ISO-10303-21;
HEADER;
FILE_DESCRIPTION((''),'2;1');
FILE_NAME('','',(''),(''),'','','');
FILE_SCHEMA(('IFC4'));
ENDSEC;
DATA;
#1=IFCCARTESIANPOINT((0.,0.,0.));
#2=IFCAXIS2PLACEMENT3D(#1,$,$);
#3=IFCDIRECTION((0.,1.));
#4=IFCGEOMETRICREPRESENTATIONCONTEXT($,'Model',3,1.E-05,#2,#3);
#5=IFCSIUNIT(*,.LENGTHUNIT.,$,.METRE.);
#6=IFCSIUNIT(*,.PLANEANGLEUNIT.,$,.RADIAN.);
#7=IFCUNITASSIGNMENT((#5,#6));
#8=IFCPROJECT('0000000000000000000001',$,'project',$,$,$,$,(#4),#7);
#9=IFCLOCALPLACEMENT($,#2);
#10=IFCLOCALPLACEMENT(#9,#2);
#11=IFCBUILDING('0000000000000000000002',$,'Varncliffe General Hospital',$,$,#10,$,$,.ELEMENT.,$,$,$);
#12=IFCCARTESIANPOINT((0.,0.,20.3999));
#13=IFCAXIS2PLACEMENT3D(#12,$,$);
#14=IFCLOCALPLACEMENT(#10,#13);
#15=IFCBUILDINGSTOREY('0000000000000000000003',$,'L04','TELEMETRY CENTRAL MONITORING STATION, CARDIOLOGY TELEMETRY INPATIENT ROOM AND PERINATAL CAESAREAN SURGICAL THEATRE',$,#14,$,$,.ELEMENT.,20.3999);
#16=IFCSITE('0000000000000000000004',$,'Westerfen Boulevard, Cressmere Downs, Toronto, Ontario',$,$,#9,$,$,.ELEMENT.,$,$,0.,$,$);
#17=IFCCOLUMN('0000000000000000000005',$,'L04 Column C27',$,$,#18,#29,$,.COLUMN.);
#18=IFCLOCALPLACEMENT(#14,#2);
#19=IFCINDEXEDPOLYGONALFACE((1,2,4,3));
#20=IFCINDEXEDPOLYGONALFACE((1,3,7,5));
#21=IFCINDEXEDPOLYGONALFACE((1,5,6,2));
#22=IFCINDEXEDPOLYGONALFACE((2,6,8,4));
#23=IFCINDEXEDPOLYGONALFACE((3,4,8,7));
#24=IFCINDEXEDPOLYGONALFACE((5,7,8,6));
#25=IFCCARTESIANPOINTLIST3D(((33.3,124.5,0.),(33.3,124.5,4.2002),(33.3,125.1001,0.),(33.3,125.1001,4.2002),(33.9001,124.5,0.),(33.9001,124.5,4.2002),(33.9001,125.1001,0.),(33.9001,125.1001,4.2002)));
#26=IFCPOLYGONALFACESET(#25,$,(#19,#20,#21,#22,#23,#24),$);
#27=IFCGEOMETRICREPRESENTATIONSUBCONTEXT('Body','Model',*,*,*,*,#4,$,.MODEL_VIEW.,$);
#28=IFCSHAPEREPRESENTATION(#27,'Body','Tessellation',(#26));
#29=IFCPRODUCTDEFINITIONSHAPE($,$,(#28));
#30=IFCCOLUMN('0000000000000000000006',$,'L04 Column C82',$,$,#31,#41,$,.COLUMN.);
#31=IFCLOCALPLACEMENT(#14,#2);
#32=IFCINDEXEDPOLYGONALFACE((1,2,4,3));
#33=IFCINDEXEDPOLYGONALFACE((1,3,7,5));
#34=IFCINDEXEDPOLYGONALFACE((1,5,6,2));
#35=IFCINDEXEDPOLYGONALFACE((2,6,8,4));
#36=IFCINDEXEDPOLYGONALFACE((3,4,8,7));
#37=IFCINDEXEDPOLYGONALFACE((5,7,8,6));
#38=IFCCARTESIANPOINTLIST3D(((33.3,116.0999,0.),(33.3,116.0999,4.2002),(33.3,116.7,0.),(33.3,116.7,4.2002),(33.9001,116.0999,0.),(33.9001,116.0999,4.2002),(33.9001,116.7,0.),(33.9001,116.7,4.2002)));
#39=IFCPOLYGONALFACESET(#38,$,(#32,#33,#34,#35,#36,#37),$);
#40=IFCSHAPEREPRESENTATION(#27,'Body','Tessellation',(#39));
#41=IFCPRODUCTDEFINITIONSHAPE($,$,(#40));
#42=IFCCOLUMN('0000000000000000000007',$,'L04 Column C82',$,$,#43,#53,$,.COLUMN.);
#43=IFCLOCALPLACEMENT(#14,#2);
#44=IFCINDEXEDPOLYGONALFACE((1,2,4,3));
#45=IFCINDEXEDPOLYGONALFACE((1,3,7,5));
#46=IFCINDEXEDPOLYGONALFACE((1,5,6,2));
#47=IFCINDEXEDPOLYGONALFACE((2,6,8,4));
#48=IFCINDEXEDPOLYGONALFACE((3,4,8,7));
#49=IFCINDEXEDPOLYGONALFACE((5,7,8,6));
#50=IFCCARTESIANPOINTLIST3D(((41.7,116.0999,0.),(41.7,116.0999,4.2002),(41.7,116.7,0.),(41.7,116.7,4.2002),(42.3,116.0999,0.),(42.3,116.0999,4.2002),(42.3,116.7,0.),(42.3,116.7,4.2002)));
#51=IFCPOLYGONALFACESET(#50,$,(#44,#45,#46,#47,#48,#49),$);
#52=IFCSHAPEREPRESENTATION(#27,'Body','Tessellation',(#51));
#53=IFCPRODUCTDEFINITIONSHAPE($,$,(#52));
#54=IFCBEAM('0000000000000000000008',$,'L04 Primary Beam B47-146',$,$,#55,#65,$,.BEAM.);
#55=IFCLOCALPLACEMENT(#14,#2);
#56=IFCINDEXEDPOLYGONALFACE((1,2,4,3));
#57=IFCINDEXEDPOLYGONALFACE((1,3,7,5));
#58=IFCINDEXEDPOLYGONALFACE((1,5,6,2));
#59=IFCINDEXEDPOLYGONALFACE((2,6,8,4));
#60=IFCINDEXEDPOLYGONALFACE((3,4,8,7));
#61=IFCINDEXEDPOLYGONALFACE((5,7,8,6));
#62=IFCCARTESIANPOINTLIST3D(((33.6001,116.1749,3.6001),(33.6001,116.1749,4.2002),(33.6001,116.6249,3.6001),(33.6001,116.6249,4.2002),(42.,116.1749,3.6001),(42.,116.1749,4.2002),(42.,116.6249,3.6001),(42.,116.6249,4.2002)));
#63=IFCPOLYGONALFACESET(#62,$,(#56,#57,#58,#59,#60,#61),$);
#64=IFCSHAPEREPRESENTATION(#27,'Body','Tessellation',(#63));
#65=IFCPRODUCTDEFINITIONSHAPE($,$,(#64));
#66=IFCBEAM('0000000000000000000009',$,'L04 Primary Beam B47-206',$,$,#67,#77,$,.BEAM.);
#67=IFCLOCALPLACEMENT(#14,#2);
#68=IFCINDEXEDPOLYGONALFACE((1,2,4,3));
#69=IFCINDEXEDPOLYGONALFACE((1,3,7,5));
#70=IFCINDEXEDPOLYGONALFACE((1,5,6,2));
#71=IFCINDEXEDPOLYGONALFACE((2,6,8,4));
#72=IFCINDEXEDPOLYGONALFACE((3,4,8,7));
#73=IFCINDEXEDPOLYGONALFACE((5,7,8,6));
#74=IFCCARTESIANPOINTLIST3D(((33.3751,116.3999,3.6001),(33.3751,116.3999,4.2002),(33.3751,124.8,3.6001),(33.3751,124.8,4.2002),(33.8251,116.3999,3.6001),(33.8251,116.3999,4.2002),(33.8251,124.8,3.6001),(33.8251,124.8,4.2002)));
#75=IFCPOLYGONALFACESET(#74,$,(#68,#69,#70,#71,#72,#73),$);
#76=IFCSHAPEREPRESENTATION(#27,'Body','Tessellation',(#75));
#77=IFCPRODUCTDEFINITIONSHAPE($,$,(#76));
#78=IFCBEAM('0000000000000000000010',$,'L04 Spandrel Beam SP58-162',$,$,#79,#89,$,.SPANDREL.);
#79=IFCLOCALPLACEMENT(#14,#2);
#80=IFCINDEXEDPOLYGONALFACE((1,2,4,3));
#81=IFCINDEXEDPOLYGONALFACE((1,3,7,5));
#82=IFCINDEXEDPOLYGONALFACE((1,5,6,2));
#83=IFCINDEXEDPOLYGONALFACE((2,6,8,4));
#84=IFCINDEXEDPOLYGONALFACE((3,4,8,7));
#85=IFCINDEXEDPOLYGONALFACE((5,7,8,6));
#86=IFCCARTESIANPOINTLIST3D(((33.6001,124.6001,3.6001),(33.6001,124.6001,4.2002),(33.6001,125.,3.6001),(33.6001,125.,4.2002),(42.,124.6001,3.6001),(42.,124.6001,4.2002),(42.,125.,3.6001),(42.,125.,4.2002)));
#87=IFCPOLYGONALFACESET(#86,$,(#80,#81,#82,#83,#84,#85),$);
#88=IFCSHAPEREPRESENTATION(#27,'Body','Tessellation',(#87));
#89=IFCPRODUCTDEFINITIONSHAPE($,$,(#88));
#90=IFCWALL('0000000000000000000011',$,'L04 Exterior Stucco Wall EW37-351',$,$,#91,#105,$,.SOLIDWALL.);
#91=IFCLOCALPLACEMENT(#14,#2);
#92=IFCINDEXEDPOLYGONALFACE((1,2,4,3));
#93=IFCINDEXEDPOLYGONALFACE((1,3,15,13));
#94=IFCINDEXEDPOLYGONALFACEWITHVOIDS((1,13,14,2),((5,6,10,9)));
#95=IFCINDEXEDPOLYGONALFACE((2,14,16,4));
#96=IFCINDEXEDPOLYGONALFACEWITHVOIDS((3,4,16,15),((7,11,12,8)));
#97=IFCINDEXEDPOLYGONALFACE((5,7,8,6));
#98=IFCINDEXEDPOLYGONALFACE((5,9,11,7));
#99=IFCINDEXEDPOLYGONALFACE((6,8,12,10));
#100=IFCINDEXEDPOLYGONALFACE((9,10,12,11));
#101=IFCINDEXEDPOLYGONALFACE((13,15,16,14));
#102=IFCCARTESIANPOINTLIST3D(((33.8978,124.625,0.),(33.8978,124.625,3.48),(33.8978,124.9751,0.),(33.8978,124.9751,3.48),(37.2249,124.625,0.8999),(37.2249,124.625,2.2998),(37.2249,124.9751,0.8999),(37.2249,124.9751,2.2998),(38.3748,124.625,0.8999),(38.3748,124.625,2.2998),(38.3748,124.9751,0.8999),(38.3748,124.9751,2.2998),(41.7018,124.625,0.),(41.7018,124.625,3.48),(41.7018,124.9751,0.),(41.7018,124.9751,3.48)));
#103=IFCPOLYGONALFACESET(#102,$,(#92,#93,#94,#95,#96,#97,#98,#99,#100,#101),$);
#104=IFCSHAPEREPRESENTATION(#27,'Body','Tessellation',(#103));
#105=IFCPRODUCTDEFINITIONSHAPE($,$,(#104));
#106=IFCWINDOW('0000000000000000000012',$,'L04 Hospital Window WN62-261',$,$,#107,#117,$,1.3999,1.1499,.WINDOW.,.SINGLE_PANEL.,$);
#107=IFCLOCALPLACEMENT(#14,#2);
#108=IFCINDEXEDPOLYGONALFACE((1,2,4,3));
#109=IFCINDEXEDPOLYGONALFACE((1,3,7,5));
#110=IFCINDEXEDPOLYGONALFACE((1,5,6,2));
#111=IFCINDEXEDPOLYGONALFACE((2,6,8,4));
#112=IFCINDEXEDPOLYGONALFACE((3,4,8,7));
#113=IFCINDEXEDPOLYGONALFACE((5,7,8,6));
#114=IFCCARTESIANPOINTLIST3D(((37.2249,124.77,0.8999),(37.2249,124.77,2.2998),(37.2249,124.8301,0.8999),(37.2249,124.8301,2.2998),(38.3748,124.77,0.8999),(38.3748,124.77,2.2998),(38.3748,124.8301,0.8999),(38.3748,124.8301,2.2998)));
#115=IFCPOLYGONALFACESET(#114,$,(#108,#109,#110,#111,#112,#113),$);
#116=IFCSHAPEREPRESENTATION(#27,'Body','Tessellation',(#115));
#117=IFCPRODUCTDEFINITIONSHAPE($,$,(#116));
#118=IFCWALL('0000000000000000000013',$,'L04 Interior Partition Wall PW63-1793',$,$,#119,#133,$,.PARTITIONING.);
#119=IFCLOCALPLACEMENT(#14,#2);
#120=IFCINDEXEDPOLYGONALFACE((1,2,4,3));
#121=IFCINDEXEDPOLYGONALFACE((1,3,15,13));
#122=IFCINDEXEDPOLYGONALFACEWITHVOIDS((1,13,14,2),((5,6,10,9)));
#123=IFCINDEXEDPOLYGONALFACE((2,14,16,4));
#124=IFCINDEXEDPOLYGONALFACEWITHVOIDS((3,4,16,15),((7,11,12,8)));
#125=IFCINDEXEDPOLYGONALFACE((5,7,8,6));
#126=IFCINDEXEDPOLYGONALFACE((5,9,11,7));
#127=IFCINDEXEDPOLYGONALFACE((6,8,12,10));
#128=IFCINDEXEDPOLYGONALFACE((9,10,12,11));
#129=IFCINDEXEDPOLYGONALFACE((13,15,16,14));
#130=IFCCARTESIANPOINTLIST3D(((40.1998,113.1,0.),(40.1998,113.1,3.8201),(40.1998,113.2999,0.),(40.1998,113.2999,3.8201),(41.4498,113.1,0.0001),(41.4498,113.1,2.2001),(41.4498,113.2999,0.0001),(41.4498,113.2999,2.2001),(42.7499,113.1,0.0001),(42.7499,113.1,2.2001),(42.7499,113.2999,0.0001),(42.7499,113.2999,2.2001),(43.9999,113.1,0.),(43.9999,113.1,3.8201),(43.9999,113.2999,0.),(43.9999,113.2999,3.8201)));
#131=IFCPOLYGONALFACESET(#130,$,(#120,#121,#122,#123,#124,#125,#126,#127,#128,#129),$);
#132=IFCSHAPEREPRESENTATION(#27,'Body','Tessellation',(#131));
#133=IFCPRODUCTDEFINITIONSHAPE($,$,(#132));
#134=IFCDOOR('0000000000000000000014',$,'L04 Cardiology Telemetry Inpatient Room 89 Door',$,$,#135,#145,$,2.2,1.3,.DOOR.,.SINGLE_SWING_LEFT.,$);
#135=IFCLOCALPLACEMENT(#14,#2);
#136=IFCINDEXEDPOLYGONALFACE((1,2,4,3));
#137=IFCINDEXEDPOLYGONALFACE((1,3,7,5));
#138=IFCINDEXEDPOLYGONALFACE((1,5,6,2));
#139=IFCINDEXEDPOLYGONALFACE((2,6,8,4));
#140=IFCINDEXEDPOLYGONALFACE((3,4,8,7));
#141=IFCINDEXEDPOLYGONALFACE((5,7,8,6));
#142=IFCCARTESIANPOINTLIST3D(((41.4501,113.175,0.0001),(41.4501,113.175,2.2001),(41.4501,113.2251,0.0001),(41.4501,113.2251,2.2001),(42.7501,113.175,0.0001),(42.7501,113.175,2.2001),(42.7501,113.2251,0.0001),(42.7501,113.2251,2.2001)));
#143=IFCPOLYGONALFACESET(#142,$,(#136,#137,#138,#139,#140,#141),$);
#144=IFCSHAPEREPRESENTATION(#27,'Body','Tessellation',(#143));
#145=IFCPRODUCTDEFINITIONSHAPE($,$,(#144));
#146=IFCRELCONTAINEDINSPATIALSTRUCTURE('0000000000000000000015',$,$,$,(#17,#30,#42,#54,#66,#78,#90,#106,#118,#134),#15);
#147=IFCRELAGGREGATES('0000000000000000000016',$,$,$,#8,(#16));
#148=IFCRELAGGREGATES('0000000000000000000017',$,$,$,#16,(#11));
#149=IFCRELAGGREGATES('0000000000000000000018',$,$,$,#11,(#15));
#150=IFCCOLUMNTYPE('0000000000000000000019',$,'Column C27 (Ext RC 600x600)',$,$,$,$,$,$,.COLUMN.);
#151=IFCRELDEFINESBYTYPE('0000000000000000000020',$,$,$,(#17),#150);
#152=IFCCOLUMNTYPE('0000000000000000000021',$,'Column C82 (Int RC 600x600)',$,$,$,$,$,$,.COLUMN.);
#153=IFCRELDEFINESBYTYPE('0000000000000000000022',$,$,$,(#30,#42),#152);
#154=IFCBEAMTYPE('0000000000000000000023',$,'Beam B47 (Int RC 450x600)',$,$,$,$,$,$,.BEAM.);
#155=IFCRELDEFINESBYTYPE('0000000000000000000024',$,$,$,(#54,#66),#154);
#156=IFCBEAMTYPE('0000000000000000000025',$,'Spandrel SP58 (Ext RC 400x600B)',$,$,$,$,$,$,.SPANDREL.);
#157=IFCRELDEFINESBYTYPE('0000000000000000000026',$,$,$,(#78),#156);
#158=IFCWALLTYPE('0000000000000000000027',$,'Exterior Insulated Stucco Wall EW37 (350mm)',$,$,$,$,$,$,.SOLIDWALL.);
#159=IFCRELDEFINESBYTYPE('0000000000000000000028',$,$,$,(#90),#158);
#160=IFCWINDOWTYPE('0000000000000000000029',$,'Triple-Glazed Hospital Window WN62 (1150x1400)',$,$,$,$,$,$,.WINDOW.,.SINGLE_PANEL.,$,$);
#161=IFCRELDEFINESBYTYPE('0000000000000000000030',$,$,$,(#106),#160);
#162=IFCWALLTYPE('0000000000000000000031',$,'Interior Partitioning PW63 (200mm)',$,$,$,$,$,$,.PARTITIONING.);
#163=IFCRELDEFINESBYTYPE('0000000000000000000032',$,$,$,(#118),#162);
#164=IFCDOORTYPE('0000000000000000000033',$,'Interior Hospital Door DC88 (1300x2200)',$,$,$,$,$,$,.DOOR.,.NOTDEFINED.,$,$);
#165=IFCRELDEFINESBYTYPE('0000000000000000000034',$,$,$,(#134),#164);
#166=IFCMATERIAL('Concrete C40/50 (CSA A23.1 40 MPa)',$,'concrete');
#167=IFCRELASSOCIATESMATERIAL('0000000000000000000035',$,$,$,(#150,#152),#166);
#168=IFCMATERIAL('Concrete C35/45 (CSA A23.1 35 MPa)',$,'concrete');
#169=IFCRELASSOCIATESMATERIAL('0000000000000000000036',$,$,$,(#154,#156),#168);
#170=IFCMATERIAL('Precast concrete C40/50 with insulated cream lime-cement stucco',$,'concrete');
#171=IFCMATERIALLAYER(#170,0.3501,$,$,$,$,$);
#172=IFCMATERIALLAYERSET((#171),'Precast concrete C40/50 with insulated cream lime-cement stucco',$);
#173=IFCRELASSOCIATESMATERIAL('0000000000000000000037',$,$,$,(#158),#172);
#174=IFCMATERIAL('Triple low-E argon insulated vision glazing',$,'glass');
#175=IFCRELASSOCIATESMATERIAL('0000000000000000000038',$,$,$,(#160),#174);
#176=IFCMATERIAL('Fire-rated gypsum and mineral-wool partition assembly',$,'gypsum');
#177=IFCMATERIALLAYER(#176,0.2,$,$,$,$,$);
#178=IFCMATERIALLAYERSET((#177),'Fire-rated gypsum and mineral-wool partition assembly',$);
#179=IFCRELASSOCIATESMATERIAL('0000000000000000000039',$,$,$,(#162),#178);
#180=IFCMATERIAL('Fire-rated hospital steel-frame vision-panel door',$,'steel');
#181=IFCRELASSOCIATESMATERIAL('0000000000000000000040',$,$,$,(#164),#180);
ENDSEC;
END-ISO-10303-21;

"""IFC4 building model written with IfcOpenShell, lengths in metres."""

from ifc_helpers import new_model, si_unit, direction, frame, frame_2d, origin, origin_2d, place, context, subcontext, project, spatial, rectangle, extrude, material, layer, layer_set, material_profile, profile_set, type_object, element, fill, save


model = new_model("IFC4")

# Units and contexts
model_context = context("Model", 3, precision=1e-05, world=origin(), true_north=direction((0.0, 1.0)))
body_context = subcontext(model_context, "Body", "Model", "MODEL_VIEW")
ifc_project = project(units=[si_unit("LENGTHUNIT", "METRE"), si_unit("PLANEANGLEUNIT", "RADIAN")], contexts=[model_context])

# Site, building, storey
site_placement = place(None, origin())
site = spatial("IfcSite", under=ifc_project, at=site_placement, Name="Westerfen Boulevard, Cressmere Downs, Toronto, Ontario", CompositionType="ELEMENT", RefElevation=0.0)
building_placement = place(site_placement, origin())
building = spatial("IfcBuilding", under=site, at=building_placement, Name="Varncliffe General Hospital", CompositionType="ELEMENT")
storey_placement = place(building_placement, frame((0.0, 0.0, 20.3999)))
storey = spatial("IfcBuildingStorey", under=building, at=storey_placement, Name="L04", Description="TELEMETRY CENTRAL MONITORING STATION, CARDIOLOGY TELEMETRY INPATIENT ROOM AND PERINATAL CAESAREAN SURGICAL THEATRE", CompositionType="ELEMENT", Elevation=20.3999)

# Columns
ifc_material_1 = material(Name="Concrete C40/50 (CSA A23.1 40 MPa)", Category="concrete")
ifc_material_profile_1 = material_profile(ifc_material_1, rectangle(XDim=0.6001, YDim=0.6001, at=origin_2d()), Name="RC 600x600")
ifc_profile_set_1 = profile_set([ifc_material_profile_1], Name="Concrete C40/50 (CSA A23.1 40 MPa)")
column_type_1 = type_object("IfcColumnType", Name="Column C27 (Ext RC 600x600)", PredefinedType="COLUMN", material=ifc_profile_set_1)
column_placement = place(storey_placement, frame((33.6001, 124.8, 0.0), z_axis=(0.0, 0.0, 1.0), x_axis=(1.0, 0.0, 0.0)))
element("IfcColumn", 1, at=column_placement, inside=storey, type_object=column_type_1, Name="L04 Column C27", PredefinedType="COLUMN", context=body_context, shape_type="SweptSolid", body=[
    extrude(rectangle(XDim=0.6001, YDim=0.6001, at=origin_2d()), origin(), (0.0, 0.0, 1.0), 4.2002),
])
ifc_material_profile_2 = material_profile(ifc_material_1, rectangle(XDim=0.6001, YDim=0.6001, at=origin_2d()), Name="RC 600x600")
ifc_profile_set_2 = profile_set([ifc_material_profile_2], Name="Concrete C40/50 (CSA A23.1 40 MPa)")
column_type_2 = type_object("IfcColumnType", Name="Column C82 (Int RC 600x600)", PredefinedType="COLUMN", material=ifc_profile_set_2)
for number, where, z_axis, x_axis, name in (
    (2, (33.6001, 116.3999, 0.0), (0.0, 0.0, 1.0), (1.0, 0.0, 0.0), "L04 Column C82"),
    (3, (42.0, 116.3999, 0.0), (0.0, 0.0, 1.0), (1.0, 0.0, 0.0), "L04 Column C82"),
):
    element("IfcColumn", number, at=place(storey_placement, frame(where, z_axis=z_axis, x_axis=x_axis)), inside=storey, type_object=column_type_2, Name=name, PredefinedType="COLUMN", context=body_context, shape_type="SweptSolid", body=[
        extrude(rectangle(XDim=0.6001, YDim=0.6001, at=origin_2d()), origin(), (0.0, 0.0, 1.0), 4.2002),
    ])

# Beams
ifc_material_2 = material(Name="Concrete C35/45 (CSA A23.1 35 MPa)", Category="concrete")
ifc_material_profile_3 = material_profile(ifc_material_2, rectangle(XDim=0.45, YDim=0.6001, at=origin_2d()), Name="RC 450x600")
ifc_profile_set_3 = profile_set([ifc_material_profile_3], Name="Concrete C35/45 (CSA A23.1 35 MPa)")
beam_type_1 = type_object("IfcBeamType", Name="Beam B47 (Int RC 450x600)", PredefinedType="BEAM", material=ifc_profile_set_3)
beam_1_placement = place(storey_placement, frame((33.6001, 116.3999, 3.9001), z_axis=(1.0, 0.0, 0.0), x_axis=(0.0, 1.0, 0.0)))
element("IfcBeam", 4, at=beam_1_placement, inside=storey, type_object=beam_type_1, Name="L04 Primary Beam B47-146", PredefinedType="BEAM", context=body_context, shape_type="SweptSolid", body=[
    extrude(rectangle(XDim=0.45, YDim=0.6001, at=origin_2d()), origin(), (0.0, 0.0, 1.0), 8.3999),
])
beam_2_placement = place(storey_placement, frame((33.6001, 116.3999, 3.9001), z_axis=(0.0, 1.0, 0.0), x_axis=(-1.0, 0.0, 0.0)))
element("IfcBeam", 5, at=beam_2_placement, inside=storey, type_object=beam_type_1, Name="L04 Primary Beam B47-206", PredefinedType="BEAM", context=body_context, shape_type="SweptSolid", body=[
    extrude(rectangle(XDim=0.45, YDim=0.6001, at=origin_2d()), origin(), (0.0, 0.0, 1.0), 8.4001),
])
ifc_material_profile_4 = material_profile(ifc_material_2, rectangle(XDim=0.3999, YDim=0.6001, at=origin_2d()), Name="RC 400x600")
ifc_profile_set_4 = profile_set([ifc_material_profile_4], Name="Concrete C35/45 (CSA A23.1 35 MPa)")
beam_type_2 = type_object("IfcBeamType", Name="Spandrel SP58 (Ext RC 400x600B)", PredefinedType="SPANDREL", material=ifc_profile_set_4)
beam_3_placement = place(storey_placement, frame((33.6001, 124.8, 3.9001), z_axis=(1.0, 0.0, 0.0), x_axis=(0.0, 1.0, 0.0)))
element("IfcBeam", 6, at=beam_3_placement, inside=storey, type_object=beam_type_2, Name="L04 Spandrel Beam SP58-162", PredefinedType="SPANDREL", context=body_context, shape_type="SweptSolid", body=[
    extrude(rectangle(XDim=0.3999, YDim=0.6001, at=origin_2d()), origin(), (0.0, 0.0, 1.0), 8.3999),
])

# Wall, opening, window
ifc_material_3 = material(Name="Precast concrete C40/50 with insulated cream lime-cement stucco", Category="concrete")
ifc_layer_1 = layer(ifc_material_3, 0.3501)
ifc_layer_set_1 = layer_set([ifc_layer_1], Name="Precast concrete C40/50 with insulated cream lime-cement stucco")
wall_type_1 = type_object("IfcWallType", Name="Exterior Insulated Stucco Wall EW37 (350mm)", PredefinedType="SOLIDWALL", material=ifc_layer_set_1)
wall_1_placement = place(storey_placement, frame((33.8979, 124.8, 0.0), z_axis=(0.0, 0.0, 1.0), x_axis=(1.0, 0.0, 0.0)))
wall_1 = element("IfcWall", 7, at=wall_1_placement, inside=storey, type_object=wall_type_1, Name="L04 Exterior Stucco Wall EW37-351", PredefinedType="SOLIDWALL", context=body_context, shape_type="SweptSolid", body=[
    extrude(rectangle(XDim=7.804, YDim=0.3501, at=frame_2d((3.9019, 0.0))), origin(), (0.0, 0.0, 1.0), 3.48),
])
opening_1_placement = place(wall_1_placement, frame((3.3269, 0.0, 0.8999)))
opening_1 = element("IfcOpeningElement", 8, at=opening_1_placement, cuts=wall_1, PredefinedType="OPENING", context=body_context, shape_type="SweptSolid", body=[
    extrude(rectangle(XDim=1.1499, YDim=1.3999, at=frame_2d((0.575, 0.7))), frame((0.0, 0.1851, 0.0), z_axis=(0.0, -1.0, 0.0), x_axis=(1.0, 0.0, 0.0)), (0.0, 0.0, 1.0), 0.3701),
])
ifc_material_4 = material(Name="Triple low-E argon insulated vision glazing", Category="glass")
window_type = type_object("IfcWindowType", Name="Triple-Glazed Hospital Window WN62 (1150x1400)", PartitioningType="SINGLE_PANEL", PredefinedType="WINDOW", material=ifc_material_4)
window_placement = place(opening_1_placement, origin())
window = element("IfcWindow", 9, at=window_placement, inside=storey, type_object=window_type, Name="L04 Hospital Window WN62-261", OverallHeight=1.3999, OverallWidth=1.1499, PartitioningType="SINGLE_PANEL", PredefinedType="WINDOW", context=body_context, shape_type="SweptSolid", body=[
    extrude(rectangle(XDim=1.1499, YDim=1.3999, at=frame_2d((0.575, 0.7))), frame((0.0, 0.03, 0.0), z_axis=(0.0, -1.0, 0.0), x_axis=(1.0, 0.0, 0.0)), (0.0, 0.0, 1.0), 0.0601),
])
fill(opening_1, window)

# Wall, opening, door
ifc_material_5 = material(Name="Fire-rated gypsum and mineral-wool partition assembly", Category="gypsum")
ifc_material_6 = material(Name="Fire-rated hospital steel-frame vision-panel door", Category="steel")
ifc_layer_2 = layer(ifc_material_5, 0.2)
ifc_layer_set_2 = layer_set([ifc_layer_2], Name="Fire-rated gypsum and mineral-wool partition assembly")
wall_type_2 = type_object("IfcWallType", Name="Interior Partitioning PW63 (200mm)", PredefinedType="PARTITIONING", material=ifc_layer_set_2)
wall_2_placement = place(storey_placement, frame((40.2, 113.2, 0.0), z_axis=(0.0, 0.0, 1.0), x_axis=(1.0, 0.0, 0.0)))
wall_2 = element("IfcWall", 10, at=wall_2_placement, inside=storey, type_object=wall_type_2, Name="L04 Interior Partition Wall PW63-1793", PredefinedType="PARTITIONING", context=body_context, shape_type="SweptSolid", body=[
    extrude(rectangle(XDim=3.8, YDim=0.2, at=frame_2d((1.8999, 0.0))), origin(), (0.0, 0.0, 1.0), 3.8201),
])
opening_2_placement = place(wall_2_placement, frame((1.25, 0.0, 0.0)))
opening_2 = element("IfcOpeningElement", 11, at=opening_2_placement, cuts=wall_2, PredefinedType="OPENING", context=body_context, shape_type="SweptSolid", body=[
    extrude(rectangle(XDim=1.3, YDim=2.2, at=frame_2d((0.6499, 1.1001))), frame((0.0, 0.1099, 0.0), z_axis=(0.0, -1.0, 0.0), x_axis=(1.0, 0.0, 0.0)), (0.0, 0.0, 1.0), 0.22),
])
door_type_1 = type_object("IfcDoorType", Name="Interior Hospital Door DC88 (1300x2200)", OperationType="NOTDEFINED", PredefinedType="DOOR", material=ifc_material_6)
door_1_placement = place(opening_2_placement, frame((1.3, 0.0, 0.0), z_axis=(0.0, 0.0, 1.0), x_axis=(-1.0, 0.0, 0.0)))
door_1 = element("IfcDoor", 12, at=door_1_placement, inside=storey, type_object=door_type_1, Name="L04 Cardiology Telemetry Inpatient Room 89 Door", OperationType="SINGLE_SWING_LEFT", OverallHeight=2.2, OverallWidth=1.3, PredefinedType="DOOR", context=body_context, shape_type="SweptSolid", body=[
    extrude(rectangle(XDim=1.3, YDim=2.2, at=frame_2d((0.6499, 1.1001))), frame((0.0, 0.0249, 0.0), z_axis=(0.0, -1.0, 0.0), x_axis=(1.0, 0.0, 0.0)), (0.0, 0.0, 1.0), 0.05),
])
fill(opening_2, door_1)

save(model, "model.ifc")
